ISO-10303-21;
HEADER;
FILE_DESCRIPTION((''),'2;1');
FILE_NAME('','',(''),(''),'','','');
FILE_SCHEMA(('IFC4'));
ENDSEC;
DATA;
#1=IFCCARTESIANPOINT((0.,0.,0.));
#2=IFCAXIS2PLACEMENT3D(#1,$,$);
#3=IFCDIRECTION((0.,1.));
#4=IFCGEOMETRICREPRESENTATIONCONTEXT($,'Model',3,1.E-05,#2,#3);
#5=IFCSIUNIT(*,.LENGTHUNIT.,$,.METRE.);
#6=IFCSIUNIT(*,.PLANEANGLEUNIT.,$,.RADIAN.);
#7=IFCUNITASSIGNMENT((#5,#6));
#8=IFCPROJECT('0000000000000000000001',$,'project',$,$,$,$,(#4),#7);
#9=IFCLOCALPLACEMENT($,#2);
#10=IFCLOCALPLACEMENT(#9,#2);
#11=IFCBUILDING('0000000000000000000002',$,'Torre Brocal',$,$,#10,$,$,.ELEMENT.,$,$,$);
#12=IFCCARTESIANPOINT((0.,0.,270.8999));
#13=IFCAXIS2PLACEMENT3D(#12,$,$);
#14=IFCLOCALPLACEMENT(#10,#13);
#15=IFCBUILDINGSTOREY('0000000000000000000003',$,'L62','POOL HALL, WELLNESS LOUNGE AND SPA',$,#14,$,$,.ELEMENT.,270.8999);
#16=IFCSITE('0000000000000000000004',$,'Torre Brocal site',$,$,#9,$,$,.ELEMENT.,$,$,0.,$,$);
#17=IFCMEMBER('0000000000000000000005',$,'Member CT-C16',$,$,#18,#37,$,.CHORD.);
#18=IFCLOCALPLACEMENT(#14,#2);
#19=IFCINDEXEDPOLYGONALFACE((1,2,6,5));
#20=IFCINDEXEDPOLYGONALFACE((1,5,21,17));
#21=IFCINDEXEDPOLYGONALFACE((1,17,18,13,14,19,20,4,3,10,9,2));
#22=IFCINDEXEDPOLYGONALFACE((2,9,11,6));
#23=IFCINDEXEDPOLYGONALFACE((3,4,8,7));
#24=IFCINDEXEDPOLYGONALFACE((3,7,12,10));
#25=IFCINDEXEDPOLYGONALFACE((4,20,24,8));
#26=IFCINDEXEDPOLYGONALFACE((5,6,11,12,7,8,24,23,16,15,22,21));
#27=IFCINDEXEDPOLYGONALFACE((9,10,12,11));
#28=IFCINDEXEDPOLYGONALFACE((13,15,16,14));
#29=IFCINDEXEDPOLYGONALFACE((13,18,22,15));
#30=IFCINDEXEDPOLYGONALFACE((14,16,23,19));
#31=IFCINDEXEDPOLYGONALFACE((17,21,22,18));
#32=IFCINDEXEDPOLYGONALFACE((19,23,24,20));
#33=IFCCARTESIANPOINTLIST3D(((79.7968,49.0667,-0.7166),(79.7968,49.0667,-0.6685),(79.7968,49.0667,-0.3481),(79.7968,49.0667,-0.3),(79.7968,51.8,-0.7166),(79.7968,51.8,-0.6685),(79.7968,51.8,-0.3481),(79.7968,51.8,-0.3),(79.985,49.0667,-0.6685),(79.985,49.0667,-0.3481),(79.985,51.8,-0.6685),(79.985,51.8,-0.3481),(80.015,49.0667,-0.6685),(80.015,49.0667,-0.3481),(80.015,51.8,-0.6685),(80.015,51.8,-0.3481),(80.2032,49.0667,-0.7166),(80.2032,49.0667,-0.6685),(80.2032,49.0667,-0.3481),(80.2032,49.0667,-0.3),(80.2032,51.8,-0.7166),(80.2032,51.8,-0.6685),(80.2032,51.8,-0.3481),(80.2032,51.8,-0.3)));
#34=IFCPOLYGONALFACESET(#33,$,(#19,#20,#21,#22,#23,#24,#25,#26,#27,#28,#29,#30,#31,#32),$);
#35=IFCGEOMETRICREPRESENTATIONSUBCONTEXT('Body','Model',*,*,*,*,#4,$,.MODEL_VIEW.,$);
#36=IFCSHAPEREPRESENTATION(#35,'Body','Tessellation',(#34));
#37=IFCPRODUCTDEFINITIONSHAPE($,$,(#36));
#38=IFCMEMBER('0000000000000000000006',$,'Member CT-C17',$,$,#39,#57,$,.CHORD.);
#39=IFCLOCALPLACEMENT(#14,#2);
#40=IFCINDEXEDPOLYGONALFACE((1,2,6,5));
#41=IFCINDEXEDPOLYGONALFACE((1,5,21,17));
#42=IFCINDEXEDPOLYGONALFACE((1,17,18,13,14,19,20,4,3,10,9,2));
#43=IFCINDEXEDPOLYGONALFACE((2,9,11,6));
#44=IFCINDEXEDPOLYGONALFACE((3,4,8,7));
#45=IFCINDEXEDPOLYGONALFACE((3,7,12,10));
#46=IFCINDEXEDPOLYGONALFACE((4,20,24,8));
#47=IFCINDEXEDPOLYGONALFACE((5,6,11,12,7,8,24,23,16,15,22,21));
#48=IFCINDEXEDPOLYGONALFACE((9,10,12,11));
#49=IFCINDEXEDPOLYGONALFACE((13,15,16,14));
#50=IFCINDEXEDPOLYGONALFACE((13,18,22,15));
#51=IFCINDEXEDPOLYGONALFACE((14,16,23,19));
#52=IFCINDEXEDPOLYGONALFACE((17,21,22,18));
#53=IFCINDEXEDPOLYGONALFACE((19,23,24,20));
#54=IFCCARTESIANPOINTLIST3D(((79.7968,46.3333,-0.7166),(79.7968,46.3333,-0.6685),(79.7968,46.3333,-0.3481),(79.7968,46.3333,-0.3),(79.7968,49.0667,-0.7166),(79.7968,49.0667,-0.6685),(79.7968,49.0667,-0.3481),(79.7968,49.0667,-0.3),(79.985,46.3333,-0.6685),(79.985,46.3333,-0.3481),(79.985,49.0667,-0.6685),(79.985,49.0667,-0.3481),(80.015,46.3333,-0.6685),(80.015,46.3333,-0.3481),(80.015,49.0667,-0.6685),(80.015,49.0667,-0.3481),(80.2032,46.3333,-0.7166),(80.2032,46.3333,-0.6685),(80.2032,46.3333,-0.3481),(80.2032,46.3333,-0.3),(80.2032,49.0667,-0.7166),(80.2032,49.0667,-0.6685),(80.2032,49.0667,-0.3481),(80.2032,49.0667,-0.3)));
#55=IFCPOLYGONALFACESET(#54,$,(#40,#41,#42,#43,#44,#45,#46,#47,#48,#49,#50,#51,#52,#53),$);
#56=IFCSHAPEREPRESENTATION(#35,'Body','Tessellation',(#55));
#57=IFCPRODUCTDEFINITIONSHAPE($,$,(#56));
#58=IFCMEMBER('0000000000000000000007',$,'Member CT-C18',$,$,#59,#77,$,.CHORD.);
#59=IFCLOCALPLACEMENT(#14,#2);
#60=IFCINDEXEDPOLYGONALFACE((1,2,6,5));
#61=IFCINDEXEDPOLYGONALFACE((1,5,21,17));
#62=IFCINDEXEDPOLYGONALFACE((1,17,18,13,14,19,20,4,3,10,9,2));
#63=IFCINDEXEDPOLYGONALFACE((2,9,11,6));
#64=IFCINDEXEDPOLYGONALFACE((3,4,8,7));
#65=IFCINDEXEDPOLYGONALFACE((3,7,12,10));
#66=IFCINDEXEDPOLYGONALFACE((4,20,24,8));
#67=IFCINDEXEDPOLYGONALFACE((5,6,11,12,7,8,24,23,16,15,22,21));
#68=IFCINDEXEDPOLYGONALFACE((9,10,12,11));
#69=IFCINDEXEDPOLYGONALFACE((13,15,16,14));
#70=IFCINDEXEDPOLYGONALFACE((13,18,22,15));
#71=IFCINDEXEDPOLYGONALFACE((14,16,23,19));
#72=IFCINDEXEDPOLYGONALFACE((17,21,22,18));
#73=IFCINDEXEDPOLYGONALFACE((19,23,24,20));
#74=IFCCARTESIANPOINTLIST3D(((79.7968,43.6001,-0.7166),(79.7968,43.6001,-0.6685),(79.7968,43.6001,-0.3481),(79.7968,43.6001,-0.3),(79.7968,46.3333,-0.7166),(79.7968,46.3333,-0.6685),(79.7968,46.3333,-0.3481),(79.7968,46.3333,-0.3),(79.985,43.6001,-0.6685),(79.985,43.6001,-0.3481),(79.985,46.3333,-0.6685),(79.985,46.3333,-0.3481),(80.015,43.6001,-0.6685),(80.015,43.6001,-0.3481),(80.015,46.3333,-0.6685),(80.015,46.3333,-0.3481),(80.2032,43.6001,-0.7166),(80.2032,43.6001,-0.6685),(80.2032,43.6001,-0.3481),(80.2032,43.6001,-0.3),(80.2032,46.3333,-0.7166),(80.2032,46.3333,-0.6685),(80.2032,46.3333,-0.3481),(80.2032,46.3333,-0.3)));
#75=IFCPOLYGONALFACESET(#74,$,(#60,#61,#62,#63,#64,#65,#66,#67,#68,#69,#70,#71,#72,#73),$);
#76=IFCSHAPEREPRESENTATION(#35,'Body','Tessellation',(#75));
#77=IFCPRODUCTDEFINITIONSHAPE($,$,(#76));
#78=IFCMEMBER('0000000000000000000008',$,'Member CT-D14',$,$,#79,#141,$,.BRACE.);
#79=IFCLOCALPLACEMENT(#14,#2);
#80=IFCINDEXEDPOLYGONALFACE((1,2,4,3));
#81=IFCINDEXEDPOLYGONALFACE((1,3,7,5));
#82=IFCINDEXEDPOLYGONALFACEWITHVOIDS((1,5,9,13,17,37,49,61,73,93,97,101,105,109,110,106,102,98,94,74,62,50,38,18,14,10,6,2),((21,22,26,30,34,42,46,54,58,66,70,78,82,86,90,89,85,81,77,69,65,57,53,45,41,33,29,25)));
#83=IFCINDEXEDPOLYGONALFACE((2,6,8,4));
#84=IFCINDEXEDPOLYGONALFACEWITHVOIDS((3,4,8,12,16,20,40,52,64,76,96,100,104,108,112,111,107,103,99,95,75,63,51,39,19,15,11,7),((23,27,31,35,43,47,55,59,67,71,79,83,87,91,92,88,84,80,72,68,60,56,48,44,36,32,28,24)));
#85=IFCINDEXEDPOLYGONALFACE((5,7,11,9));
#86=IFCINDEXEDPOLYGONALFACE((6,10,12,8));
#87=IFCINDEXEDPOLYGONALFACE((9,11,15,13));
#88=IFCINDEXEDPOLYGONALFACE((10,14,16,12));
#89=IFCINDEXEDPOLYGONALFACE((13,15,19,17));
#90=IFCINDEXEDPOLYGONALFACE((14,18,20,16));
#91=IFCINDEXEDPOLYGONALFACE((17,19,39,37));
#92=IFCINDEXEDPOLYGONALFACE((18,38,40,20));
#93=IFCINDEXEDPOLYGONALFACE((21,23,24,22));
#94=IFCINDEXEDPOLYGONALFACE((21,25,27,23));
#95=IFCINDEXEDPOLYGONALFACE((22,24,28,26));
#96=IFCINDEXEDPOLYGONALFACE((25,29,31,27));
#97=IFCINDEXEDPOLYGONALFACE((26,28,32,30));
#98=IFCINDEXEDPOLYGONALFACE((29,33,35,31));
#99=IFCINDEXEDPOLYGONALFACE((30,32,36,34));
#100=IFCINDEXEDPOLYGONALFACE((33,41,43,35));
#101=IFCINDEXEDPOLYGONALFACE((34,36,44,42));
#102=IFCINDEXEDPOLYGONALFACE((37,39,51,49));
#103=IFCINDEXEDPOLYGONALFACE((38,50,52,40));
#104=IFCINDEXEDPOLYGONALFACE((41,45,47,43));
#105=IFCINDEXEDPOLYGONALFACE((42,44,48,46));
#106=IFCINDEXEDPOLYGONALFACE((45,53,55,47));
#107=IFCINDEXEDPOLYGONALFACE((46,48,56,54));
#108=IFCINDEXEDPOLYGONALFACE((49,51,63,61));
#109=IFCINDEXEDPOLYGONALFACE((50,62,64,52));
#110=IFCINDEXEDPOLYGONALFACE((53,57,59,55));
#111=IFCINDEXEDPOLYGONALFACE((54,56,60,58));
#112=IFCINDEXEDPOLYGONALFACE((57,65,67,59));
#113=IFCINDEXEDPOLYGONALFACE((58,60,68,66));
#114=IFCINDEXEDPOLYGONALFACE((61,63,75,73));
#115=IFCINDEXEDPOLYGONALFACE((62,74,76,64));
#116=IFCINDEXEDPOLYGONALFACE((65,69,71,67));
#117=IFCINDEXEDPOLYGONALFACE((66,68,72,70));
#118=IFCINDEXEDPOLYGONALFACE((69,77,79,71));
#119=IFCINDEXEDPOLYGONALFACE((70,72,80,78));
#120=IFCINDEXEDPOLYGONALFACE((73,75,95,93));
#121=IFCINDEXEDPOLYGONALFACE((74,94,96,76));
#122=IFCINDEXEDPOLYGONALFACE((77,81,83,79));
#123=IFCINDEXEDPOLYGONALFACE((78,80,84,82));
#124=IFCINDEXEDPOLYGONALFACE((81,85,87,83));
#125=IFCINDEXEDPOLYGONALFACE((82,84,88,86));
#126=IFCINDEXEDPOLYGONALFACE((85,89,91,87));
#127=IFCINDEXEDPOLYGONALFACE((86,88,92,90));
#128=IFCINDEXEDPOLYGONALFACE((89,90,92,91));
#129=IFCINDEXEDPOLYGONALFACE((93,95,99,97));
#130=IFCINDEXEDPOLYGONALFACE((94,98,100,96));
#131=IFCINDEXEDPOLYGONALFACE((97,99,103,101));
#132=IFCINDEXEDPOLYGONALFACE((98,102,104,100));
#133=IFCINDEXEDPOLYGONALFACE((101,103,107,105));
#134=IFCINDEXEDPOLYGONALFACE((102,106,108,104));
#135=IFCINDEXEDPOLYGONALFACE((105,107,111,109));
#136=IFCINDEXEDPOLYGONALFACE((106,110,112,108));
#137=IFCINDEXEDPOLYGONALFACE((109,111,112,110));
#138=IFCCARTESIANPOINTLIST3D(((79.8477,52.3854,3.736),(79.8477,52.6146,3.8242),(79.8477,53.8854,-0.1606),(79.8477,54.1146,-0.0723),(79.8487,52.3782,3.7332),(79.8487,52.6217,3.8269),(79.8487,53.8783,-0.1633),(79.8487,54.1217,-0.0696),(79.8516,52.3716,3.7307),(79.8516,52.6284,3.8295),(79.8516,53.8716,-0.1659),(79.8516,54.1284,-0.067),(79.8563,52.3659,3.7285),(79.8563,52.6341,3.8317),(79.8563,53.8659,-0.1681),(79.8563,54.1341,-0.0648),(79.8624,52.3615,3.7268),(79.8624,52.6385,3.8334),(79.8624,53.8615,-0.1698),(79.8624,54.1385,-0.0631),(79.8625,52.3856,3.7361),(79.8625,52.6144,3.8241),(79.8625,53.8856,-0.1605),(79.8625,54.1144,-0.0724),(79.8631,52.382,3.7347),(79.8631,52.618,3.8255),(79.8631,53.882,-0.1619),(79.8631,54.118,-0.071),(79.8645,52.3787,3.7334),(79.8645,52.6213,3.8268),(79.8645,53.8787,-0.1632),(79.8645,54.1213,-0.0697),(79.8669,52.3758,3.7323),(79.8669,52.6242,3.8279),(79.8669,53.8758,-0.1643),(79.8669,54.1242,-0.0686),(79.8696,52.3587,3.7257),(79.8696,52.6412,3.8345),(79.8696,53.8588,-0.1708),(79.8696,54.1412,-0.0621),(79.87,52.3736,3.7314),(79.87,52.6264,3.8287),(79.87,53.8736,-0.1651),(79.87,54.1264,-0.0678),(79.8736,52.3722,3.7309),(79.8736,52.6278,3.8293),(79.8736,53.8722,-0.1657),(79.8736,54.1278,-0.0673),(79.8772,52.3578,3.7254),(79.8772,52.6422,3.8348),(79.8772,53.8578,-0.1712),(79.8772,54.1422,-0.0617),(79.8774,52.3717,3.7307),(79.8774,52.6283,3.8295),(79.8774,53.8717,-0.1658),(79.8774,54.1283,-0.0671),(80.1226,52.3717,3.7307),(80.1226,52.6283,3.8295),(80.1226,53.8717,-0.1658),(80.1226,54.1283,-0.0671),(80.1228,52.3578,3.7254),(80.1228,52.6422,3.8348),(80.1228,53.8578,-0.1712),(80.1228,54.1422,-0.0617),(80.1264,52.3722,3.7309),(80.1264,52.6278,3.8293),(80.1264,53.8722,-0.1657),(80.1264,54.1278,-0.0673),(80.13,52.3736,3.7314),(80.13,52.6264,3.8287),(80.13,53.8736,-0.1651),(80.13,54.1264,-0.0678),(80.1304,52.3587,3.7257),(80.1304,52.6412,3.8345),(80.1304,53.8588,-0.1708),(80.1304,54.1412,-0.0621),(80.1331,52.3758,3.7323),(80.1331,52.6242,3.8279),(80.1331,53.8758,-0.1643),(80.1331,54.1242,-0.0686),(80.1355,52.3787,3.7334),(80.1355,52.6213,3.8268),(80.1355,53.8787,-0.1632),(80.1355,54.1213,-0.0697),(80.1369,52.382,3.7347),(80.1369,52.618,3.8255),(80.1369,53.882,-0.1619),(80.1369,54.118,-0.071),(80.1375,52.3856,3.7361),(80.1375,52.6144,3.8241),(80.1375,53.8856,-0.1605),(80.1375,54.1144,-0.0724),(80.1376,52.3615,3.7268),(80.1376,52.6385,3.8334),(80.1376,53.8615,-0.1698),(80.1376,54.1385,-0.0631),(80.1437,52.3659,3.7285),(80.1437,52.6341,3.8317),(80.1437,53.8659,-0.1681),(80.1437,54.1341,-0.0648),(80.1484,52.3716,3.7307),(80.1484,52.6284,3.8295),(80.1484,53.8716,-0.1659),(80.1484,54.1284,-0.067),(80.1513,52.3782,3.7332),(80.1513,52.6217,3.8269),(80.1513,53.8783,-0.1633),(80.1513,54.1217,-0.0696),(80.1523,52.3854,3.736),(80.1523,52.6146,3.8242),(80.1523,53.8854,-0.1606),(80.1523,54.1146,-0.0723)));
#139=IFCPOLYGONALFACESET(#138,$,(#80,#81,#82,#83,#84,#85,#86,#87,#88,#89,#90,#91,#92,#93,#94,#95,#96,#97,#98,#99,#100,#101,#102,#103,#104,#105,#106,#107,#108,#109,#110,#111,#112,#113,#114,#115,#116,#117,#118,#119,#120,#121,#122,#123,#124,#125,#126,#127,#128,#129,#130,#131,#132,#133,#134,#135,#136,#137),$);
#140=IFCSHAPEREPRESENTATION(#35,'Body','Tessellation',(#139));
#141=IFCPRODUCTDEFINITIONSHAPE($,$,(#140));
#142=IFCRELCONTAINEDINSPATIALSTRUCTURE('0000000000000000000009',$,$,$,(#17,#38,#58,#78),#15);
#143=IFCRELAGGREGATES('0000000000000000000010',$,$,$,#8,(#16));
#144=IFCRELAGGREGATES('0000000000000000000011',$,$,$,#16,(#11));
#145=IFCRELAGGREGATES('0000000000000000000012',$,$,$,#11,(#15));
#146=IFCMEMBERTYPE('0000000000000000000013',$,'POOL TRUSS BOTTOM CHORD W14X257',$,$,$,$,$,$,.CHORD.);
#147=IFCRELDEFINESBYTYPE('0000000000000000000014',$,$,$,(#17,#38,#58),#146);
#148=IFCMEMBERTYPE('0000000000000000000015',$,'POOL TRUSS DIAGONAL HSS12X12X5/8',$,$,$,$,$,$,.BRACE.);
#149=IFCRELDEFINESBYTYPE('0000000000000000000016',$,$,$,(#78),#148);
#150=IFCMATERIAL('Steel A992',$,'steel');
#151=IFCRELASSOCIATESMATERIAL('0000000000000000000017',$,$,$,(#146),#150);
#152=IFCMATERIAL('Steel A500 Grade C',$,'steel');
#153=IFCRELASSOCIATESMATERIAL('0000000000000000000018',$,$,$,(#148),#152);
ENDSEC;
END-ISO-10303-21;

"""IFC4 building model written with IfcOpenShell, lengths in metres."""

from ifc_helpers import new_model, si_unit, direction, frame, origin, origin_2d, place, context, subcontext, project, spatial, hollow_rectangle, i_section, extrude, material, material_profile, profile_set, type_object, element, save


model = new_model("IFC4")

# Units and contexts
model_context = context("Model", 3, precision=1e-05, world=origin(), true_north=direction((0.0, 1.0)))
body_context = subcontext(model_context, "Body", "Model", "MODEL_VIEW")
ifc_project = project(units=[si_unit("LENGTHUNIT", "METRE"), si_unit("PLANEANGLEUNIT", "RADIAN")], contexts=[model_context])

# Site, building, storey
site_placement = place(None, origin())
site = spatial("IfcSite", under=ifc_project, at=site_placement, Name="Torre Brocal site", CompositionType="ELEMENT", RefElevation=0.0)
building_placement = place(site_placement, origin())
building = spatial("IfcBuilding", under=site, at=building_placement, Name="Torre Brocal", CompositionType="ELEMENT")
storey_placement = place(building_placement, frame((0.0, 0.0, 270.8999)))
storey = spatial("IfcBuildingStorey", under=building, at=storey_placement, Name="L62", Description="POOL HALL, WELLNESS LOUNGE AND SPA", CompositionType="ELEMENT", Elevation=270.8999)

# Members
ifc_material_1 = material(Name="Steel A992", Category="steel")
ifc_material_profile_1 = material_profile(ifc_material_1, i_section(OverallWidth=0.4065, OverallDepth=0.4165, WebThickness=0.03, FlangeThickness=0.0481, at=origin_2d()), Name="W14X257")
ifc_profile_set_1 = profile_set([ifc_material_profile_1], Name="Steel A992")
member_type_1 = type_object("IfcMemberType", Name="POOL TRUSS BOTTOM CHORD W14X257", PredefinedType="CHORD", material=ifc_profile_set_1)
for number, where, z_axis, x_axis, name in (
    (1, (80.0, 51.8, -0.5083), (0.0, -1.0, 0.0), (1.0, 0.0, 0.0), "Member CT-C16"),
    (2, (80.0, 49.0667, -0.5083), (0.0, -1.0, 0.0), (1.0, 0.0, 0.0), "Member CT-C17"),
):
    element("IfcMember", number, at=place(storey_placement, frame(where, z_axis=z_axis, x_axis=x_axis)), inside=storey, type_object=member_type_1, Name=name, PredefinedType="CHORD", context=body_context, shape_type="SweptSolid", body=[
        extrude(i_section(OverallWidth=0.4065, OverallDepth=0.4165, WebThickness=0.03, FlangeThickness=0.0481, at=origin_2d()), origin(), (0.0, 0.0, 1.0), 2.7334),
    ])
member_1_placement = place(storey_placement, frame((80.0, 46.3333, -0.5083), z_axis=(0.0, -1.0, 0.0), x_axis=(1.0, 0.0, 0.0)))
element("IfcMember", 3, at=member_1_placement, inside=storey, type_object=member_type_1, Name="Member CT-C18", PredefinedType="CHORD", context=body_context, shape_type="SweptSolid", body=[
    extrude(i_section(OverallWidth=0.4065, OverallDepth=0.4165, WebThickness=0.03, FlangeThickness=0.0481, at=origin_2d()), origin(), (0.0, 0.0, 1.0), 2.7332),
])
ifc_material_2 = material(Name="Steel A500 Grade C", Category="steel")
ifc_material_profile_2 = material_profile(ifc_material_2, hollow_rectangle(XDim=0.3047, YDim=0.3047, WallThickness=0.0149, InnerFilletRadius=0.0149, OuterFilletRadius=0.0295, at=origin_2d()), Name="HSS12X12X5/8")
ifc_profile_set_2 = profile_set([ifc_material_profile_2], Name="Steel A500 Grade C")
member_type_2 = type_object("IfcMemberType", Name="POOL TRUSS DIAGONAL HSS12X12X5/8", PredefinedType="BRACE", material=ifc_profile_set_2)
member_2_placement = place(storey_placement, frame((80.0, 54.0, -0.1165), z_axis=(0.0, -0.359261, 0.933237), x_axis=(1.0, 0.0, 0.0)))
element("IfcMember", 4, at=member_2_placement, inside=storey, type_object=member_type_2, Name="Member CT-D14", PredefinedType="BRACE", context=body_context, shape_type="SweptSolid", body=[
    extrude(hollow_rectangle(XDim=0.3047, YDim=0.3047, WallThickness=0.0149, InnerFilletRadius=0.0149, OuterFilletRadius=0.0295, at=origin_2d()), origin(), (0.0, 0.0, 1.0), 4.1753),
])

save(model, "model.ifc")
